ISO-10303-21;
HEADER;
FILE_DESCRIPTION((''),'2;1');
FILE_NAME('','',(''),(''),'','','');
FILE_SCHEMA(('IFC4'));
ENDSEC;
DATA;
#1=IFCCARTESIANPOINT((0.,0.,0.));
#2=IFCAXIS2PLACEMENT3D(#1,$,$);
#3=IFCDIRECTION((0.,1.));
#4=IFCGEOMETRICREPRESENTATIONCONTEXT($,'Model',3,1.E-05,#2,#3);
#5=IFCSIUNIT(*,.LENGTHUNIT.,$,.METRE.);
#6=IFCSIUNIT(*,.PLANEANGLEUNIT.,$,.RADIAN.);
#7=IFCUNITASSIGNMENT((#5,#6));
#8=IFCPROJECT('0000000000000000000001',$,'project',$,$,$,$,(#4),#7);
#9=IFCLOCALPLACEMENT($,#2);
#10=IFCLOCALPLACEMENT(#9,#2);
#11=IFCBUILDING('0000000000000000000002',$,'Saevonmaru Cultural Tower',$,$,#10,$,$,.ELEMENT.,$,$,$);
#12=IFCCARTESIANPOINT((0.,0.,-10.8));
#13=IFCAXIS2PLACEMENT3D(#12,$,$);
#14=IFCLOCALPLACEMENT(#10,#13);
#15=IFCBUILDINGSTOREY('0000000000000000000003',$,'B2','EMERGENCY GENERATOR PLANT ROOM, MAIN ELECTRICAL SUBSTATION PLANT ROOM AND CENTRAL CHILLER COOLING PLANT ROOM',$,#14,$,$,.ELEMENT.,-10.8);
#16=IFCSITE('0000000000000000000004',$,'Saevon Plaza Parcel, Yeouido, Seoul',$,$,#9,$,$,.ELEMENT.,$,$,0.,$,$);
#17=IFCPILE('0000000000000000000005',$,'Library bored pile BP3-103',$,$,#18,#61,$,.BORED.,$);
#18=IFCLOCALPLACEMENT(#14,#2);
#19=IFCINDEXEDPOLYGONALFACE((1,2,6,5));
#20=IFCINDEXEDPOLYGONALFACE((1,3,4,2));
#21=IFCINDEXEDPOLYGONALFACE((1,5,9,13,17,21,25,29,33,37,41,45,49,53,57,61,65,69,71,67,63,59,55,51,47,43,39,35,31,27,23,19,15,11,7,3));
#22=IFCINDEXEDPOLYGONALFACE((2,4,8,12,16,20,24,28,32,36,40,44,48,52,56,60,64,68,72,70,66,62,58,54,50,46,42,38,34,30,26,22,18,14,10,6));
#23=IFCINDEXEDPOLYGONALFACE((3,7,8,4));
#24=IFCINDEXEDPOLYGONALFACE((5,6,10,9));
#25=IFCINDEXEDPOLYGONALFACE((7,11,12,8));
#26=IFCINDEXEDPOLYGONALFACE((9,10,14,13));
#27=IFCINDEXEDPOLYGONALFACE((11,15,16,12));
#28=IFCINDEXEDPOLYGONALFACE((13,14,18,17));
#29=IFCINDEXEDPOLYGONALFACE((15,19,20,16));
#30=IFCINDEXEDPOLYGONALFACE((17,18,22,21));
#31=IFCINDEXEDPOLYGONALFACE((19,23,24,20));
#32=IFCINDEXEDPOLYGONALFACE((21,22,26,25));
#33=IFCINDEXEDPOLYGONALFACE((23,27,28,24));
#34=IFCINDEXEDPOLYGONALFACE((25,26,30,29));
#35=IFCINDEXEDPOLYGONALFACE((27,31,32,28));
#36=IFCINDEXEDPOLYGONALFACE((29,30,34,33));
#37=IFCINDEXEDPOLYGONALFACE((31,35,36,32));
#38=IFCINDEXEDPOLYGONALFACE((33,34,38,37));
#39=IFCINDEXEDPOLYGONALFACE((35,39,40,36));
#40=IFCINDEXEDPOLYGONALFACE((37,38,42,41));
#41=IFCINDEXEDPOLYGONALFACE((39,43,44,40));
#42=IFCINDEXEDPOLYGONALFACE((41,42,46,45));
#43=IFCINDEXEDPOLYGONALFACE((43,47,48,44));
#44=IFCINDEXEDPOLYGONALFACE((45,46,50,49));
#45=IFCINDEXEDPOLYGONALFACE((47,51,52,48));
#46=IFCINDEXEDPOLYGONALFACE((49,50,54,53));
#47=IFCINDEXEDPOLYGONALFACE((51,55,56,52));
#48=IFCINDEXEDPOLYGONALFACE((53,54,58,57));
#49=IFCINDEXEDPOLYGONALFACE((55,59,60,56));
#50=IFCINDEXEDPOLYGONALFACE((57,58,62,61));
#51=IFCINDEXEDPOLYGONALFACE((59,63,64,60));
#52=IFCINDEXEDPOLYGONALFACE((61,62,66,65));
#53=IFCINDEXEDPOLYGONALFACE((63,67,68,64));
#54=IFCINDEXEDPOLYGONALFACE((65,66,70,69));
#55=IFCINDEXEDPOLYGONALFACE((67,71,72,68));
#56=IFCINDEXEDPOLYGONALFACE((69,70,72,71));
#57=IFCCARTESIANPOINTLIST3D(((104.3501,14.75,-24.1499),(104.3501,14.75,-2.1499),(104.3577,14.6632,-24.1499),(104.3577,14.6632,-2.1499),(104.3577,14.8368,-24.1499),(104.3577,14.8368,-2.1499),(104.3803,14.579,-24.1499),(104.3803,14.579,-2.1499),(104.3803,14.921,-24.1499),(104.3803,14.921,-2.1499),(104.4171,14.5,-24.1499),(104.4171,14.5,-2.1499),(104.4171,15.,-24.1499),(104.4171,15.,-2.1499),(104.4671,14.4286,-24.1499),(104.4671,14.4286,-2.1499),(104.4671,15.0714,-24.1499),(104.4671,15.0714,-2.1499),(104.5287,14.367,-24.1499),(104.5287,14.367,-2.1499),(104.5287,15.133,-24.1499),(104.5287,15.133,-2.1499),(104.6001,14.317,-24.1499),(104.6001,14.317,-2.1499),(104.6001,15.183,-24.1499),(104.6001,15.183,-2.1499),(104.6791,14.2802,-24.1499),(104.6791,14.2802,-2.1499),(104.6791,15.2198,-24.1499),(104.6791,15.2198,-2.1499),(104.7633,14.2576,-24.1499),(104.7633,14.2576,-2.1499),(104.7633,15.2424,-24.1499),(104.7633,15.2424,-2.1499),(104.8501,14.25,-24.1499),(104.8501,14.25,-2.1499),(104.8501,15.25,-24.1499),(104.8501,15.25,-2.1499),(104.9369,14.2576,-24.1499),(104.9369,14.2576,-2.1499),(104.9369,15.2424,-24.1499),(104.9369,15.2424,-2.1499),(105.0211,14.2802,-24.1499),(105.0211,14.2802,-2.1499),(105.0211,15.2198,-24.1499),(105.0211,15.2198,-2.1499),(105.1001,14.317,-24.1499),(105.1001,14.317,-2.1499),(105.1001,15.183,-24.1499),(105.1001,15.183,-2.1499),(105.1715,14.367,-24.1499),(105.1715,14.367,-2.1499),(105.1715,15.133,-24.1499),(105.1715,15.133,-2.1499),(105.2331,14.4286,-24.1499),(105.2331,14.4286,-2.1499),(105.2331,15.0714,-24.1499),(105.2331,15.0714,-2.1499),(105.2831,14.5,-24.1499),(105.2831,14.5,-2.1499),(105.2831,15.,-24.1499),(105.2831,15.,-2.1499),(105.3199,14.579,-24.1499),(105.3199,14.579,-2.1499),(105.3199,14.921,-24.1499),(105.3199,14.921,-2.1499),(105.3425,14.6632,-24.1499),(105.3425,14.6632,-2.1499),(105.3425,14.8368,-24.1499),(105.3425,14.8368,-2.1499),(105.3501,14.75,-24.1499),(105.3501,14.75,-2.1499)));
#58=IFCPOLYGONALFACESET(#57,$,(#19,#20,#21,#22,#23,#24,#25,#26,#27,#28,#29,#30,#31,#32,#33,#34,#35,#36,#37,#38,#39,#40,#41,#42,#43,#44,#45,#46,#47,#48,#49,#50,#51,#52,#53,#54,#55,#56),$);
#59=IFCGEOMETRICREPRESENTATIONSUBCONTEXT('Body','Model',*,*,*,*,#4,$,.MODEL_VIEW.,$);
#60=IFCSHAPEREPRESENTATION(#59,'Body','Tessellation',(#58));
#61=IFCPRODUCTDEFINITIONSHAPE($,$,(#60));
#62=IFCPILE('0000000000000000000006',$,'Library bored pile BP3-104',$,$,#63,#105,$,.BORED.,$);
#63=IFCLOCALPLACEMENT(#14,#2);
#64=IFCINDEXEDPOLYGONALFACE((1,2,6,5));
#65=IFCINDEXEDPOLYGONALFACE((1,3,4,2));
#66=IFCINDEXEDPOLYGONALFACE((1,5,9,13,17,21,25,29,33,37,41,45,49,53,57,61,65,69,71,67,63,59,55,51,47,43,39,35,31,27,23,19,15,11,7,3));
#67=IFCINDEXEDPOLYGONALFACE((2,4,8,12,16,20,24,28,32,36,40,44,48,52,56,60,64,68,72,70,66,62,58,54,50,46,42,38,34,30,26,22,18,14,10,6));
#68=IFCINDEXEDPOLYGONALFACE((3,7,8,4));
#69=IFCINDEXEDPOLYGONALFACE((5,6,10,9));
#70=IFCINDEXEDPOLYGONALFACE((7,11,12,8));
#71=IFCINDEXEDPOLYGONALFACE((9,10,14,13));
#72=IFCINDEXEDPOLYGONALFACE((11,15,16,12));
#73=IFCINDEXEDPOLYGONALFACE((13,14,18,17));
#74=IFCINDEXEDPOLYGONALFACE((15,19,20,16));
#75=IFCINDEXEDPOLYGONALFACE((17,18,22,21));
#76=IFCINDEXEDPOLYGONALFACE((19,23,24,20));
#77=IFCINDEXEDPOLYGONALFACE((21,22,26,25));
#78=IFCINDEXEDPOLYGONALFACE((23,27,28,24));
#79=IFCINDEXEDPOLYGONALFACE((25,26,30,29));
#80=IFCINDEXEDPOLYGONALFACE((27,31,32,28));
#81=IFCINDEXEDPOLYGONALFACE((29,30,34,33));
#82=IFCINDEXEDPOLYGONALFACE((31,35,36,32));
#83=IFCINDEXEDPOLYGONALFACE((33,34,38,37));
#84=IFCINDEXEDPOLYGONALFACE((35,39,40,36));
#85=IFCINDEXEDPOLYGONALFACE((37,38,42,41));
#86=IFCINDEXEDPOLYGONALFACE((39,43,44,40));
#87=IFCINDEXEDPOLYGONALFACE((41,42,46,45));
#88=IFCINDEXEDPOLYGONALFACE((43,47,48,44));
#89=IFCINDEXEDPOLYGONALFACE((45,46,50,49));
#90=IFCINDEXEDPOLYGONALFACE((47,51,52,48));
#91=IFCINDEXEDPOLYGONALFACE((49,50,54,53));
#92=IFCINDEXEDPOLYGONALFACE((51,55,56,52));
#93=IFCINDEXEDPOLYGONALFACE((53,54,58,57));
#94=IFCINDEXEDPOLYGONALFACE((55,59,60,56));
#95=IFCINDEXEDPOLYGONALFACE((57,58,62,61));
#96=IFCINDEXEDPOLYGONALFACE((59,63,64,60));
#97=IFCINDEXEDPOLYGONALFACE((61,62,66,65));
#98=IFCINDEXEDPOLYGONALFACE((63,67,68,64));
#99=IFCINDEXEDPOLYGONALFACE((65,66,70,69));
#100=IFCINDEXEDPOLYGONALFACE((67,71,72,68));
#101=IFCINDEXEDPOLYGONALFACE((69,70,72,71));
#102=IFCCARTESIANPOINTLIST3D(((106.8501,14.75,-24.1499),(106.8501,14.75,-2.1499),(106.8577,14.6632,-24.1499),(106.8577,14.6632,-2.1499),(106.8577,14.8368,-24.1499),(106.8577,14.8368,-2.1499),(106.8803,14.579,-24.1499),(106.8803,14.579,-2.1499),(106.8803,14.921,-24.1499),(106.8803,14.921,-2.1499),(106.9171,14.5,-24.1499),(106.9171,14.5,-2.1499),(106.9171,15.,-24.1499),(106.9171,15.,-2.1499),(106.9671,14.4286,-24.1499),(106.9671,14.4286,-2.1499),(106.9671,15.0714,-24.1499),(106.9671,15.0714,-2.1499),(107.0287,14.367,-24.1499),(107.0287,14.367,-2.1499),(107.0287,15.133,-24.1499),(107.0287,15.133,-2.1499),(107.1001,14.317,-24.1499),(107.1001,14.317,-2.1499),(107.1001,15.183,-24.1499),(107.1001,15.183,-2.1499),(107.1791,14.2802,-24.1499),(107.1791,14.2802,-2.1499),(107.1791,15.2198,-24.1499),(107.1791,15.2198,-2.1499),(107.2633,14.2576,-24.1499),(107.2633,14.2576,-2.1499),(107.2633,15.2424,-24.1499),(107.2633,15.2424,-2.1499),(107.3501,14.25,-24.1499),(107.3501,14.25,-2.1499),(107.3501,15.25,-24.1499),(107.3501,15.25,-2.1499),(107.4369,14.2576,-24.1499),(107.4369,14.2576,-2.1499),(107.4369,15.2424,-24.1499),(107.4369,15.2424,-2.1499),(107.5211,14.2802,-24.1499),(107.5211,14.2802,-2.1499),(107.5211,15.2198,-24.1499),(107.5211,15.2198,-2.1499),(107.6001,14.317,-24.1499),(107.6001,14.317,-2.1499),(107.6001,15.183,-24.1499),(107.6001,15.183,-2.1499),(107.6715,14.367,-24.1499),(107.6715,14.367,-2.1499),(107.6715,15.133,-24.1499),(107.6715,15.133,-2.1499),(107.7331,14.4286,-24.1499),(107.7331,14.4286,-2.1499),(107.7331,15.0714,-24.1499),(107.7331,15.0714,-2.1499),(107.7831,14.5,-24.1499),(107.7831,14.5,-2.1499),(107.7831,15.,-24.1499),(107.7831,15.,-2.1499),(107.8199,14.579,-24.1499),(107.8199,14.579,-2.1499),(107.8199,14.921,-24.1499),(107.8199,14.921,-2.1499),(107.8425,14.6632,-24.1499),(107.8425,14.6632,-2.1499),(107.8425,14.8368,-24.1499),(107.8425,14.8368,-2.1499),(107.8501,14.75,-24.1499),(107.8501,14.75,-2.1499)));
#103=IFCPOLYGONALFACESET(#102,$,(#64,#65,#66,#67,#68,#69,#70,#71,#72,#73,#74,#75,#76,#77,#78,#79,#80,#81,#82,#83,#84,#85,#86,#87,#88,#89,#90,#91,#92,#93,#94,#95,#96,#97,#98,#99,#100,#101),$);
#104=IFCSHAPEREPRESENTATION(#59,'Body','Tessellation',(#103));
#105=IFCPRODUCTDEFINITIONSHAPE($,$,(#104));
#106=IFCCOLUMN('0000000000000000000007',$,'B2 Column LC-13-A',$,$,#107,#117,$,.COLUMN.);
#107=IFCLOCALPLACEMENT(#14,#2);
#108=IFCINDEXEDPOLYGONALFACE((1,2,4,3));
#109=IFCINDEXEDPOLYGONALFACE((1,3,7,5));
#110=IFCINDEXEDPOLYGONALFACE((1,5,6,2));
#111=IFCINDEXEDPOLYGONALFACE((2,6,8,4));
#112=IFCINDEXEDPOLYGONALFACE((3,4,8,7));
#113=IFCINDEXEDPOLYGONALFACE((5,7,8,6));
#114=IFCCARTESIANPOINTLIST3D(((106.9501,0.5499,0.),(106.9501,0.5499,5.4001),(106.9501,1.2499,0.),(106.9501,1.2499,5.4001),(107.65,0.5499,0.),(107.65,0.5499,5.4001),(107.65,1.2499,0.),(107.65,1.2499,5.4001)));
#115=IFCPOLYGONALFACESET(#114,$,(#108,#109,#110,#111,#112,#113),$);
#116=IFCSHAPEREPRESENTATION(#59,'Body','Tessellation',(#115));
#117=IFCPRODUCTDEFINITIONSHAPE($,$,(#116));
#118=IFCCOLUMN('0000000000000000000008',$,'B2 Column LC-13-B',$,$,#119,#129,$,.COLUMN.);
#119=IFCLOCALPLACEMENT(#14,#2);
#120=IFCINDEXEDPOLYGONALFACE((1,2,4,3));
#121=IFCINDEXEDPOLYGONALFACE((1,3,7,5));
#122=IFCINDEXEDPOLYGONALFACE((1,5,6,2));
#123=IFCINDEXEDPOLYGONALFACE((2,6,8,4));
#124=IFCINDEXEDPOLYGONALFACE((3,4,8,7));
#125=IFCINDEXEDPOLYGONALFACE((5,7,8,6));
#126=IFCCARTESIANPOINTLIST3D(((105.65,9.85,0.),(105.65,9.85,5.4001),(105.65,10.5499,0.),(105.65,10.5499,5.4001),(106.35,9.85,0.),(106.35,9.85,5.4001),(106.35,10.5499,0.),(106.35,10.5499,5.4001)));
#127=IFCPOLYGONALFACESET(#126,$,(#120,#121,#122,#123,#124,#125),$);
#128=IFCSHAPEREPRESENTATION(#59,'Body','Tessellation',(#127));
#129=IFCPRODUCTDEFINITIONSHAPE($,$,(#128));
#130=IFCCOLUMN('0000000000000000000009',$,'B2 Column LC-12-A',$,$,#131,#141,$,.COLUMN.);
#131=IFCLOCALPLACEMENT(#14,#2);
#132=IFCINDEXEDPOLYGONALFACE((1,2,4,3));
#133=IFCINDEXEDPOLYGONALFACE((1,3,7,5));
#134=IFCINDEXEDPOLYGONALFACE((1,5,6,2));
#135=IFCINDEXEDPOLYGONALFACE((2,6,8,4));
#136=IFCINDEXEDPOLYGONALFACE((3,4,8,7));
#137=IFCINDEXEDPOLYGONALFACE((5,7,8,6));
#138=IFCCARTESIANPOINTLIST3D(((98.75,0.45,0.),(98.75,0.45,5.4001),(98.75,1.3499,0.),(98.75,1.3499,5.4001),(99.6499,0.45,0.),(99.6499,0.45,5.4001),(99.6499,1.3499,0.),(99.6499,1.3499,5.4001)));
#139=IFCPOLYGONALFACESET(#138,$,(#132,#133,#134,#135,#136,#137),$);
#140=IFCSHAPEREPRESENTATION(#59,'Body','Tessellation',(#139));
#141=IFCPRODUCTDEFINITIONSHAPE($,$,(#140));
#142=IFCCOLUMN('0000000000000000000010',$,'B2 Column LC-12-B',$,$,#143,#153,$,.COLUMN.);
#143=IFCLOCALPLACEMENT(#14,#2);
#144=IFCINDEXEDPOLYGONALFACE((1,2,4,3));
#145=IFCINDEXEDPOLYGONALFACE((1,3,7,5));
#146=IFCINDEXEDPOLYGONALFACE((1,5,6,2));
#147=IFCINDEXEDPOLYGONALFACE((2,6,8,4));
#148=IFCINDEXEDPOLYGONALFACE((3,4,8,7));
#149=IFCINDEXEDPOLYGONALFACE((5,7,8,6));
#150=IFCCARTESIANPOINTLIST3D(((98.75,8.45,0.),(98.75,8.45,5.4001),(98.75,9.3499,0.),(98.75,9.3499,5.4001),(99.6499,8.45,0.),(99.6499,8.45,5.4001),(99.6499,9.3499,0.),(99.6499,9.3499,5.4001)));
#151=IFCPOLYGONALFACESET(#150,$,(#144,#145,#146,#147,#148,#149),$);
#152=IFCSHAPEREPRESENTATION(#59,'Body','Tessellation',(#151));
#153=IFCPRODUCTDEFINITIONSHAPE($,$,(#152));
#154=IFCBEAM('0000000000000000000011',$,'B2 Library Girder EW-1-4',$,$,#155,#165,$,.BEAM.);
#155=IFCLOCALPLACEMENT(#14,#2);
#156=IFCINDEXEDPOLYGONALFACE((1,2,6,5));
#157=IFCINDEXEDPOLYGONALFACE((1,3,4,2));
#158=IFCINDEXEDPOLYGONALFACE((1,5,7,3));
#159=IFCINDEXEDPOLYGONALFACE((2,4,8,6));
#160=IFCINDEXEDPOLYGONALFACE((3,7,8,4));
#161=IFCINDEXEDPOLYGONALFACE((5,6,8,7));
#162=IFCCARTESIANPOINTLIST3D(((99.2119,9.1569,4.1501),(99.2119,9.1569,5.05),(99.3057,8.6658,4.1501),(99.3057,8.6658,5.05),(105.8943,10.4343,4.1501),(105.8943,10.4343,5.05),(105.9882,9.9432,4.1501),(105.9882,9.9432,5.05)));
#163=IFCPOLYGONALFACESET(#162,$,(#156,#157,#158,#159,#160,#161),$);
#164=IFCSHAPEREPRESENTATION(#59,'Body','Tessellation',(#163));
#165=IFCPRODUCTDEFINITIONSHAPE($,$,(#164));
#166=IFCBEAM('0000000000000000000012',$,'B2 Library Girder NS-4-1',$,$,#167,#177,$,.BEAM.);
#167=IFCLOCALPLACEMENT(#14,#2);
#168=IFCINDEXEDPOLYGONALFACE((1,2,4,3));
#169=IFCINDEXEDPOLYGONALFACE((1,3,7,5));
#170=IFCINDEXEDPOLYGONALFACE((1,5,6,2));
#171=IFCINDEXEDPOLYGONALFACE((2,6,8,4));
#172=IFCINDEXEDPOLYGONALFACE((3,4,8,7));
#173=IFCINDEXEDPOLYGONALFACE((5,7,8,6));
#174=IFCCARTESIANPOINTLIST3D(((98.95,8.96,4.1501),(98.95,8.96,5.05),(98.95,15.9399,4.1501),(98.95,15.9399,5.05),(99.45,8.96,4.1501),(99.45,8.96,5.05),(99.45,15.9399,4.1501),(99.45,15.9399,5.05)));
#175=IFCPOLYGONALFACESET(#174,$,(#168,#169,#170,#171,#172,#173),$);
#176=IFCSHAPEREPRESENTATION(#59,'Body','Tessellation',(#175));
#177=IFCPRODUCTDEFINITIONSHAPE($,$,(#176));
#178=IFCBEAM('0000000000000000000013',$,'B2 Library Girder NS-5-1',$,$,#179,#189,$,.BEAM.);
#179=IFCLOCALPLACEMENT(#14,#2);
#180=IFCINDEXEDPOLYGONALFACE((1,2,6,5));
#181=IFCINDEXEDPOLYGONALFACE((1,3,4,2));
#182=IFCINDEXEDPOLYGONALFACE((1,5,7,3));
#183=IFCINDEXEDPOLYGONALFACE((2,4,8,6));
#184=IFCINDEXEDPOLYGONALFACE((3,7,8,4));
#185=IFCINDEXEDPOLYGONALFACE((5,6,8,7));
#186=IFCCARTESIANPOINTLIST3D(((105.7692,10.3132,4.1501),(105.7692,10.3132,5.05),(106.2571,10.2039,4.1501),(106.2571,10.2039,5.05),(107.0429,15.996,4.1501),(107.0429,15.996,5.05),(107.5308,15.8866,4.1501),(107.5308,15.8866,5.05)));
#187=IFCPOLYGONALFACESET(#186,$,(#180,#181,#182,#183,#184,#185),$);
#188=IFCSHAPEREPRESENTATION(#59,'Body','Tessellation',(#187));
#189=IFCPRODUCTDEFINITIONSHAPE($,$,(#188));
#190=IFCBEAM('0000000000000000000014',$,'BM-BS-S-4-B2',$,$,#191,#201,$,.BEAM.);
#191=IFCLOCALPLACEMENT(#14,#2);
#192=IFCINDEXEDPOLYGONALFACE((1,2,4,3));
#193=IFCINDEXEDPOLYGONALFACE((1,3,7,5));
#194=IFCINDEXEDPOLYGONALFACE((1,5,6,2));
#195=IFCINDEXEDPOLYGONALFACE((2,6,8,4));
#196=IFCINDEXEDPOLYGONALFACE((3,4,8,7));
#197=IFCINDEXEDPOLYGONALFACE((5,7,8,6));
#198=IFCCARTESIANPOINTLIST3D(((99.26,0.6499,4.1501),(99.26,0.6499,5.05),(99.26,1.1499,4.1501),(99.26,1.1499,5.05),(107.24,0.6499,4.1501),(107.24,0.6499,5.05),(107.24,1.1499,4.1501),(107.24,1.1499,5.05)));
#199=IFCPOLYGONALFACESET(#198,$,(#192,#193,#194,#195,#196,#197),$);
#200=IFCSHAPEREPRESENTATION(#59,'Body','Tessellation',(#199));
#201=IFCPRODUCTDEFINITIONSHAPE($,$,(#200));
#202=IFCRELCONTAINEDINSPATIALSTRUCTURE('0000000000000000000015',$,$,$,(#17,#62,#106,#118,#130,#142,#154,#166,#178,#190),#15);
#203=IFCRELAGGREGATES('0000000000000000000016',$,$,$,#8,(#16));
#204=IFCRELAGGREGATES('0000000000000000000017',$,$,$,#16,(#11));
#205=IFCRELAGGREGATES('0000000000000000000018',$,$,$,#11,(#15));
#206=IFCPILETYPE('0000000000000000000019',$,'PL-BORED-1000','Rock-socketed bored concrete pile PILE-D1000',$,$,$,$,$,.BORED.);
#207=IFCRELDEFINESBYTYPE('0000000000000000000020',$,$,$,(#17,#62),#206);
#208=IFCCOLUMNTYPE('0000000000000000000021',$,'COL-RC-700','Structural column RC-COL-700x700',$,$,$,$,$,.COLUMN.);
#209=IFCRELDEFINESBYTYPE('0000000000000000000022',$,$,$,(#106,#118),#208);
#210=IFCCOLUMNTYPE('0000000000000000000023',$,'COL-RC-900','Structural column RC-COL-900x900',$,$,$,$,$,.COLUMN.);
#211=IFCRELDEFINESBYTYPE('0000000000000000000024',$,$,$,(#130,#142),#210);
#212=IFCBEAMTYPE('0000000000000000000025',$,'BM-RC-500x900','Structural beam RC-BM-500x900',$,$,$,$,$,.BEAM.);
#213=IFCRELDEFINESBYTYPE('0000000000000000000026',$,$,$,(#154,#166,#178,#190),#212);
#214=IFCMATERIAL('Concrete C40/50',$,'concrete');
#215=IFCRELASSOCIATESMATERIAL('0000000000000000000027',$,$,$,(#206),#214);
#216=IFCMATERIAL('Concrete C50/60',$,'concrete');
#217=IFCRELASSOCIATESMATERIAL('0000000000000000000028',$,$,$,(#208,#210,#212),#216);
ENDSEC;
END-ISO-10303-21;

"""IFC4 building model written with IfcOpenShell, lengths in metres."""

from ifc_helpers import new_model, si_unit, direction, frame, origin, origin_2d, place, context, subcontext, project, spatial, rectangle, circle, extrude, material, material_profile, profile_set, type_object, element, save


model = new_model("IFC4")

# Units and contexts
model_context = context("Model", 3, precision=1e-05, world=origin(), true_north=direction((0.0, 1.0)))
body_context = subcontext(model_context, "Body", "Model", "MODEL_VIEW")
ifc_project = project(units=[si_unit("LENGTHUNIT", "METRE"), si_unit("PLANEANGLEUNIT", "RADIAN")], contexts=[model_context])

# Site, building, storey
site_placement = place(None, origin())
site = spatial("IfcSite", under=ifc_project, at=site_placement, Name="Saevon Plaza Parcel, Yeouido, Seoul", CompositionType="ELEMENT", RefElevation=0.0)
building_placement = place(site_placement, origin())
building = spatial("IfcBuilding", under=site, at=building_placement, Name="Saevonmaru Cultural Tower", CompositionType="ELEMENT")
storey_placement = place(building_placement, frame((0.0, 0.0, -10.8)))
storey = spatial("IfcBuildingStorey", under=building, at=storey_placement, Name="B2", Description="EMERGENCY GENERATOR PLANT ROOM, MAIN ELECTRICAL SUBSTATION PLANT ROOM AND CENTRAL CHILLER COOLING PLANT ROOM", CompositionType="ELEMENT", Elevation=-10.8)

# Shared definitions
ifc_material_1 = material(Name="Concrete C50/60", Category="concrete")

# Piles
ifc_material_2 = material(Name="Concrete C40/50", Category="concrete")
ifc_material_profile_1 = material_profile(ifc_material_2, circle(Radius=0.5, at=origin_2d()), Name="PILE-D1000")
ifc_profile_set_1 = profile_set([ifc_material_profile_1], Name="Concrete C40/50")
pile_type = type_object("IfcPileType", Name="PL-BORED-1000", Description="Rock-socketed bored concrete pile PILE-D1000", PredefinedType="BORED", material=ifc_profile_set_1)
for number, where, z_axis, x_axis, name in (
    (1, (104.8501, 14.75, -2.1499), (0.0, 0.0, -1.0), (1.0, 0.0, 0.0), "Library bored pile BP3-103"),
    (2, (107.3501, 14.75, -2.1499), (0.0, 0.0, -1.0), (1.0, 0.0, 0.0), "Library bored pile BP3-104"),
):
    element("IfcPile", number, at=place(storey_placement, frame(where, z_axis=z_axis, x_axis=x_axis)), inside=storey, type_object=pile_type, Name=name, PredefinedType="BORED", context=body_context, shape_type="SweptSolid", body=[
        extrude(circle(Radius=0.5, at=origin_2d()), origin(), (0.0, 0.0, 1.0), 22.0),
    ])

# Columns
ifc_material_profile_2 = material_profile(ifc_material_1, rectangle(XDim=0.7, YDim=0.7, at=origin_2d()), Name="RC-COL-700x700")
ifc_profile_set_2 = profile_set([ifc_material_profile_2], Name="Concrete C50/60")
column_type_1 = type_object("IfcColumnType", Name="COL-RC-700", Description="Structural column RC-COL-700x700", PredefinedType="COLUMN", material=ifc_profile_set_2)
for number, where, z_axis, x_axis, name in (
    (3, (107.3, 0.8999, 0.0), (0.0, 0.0, 1.0), (1.0, 0.0, 0.0), "B2 Column LC-13-A"),
    (4, (106.0, 10.2, 0.0), (0.0, 0.0, 1.0), (1.0, 0.0, 0.0), "B2 Column LC-13-B"),
):
    element("IfcColumn", number, at=place(storey_placement, frame(where, z_axis=z_axis, x_axis=x_axis)), inside=storey, type_object=column_type_1, Name=name, PredefinedType="COLUMN", context=body_context, shape_type="SweptSolid", body=[
        extrude(rectangle(XDim=0.7, YDim=0.7, at=origin_2d()), origin(), (0.0, 0.0, 1.0), 5.4001),
    ])
ifc_material_profile_3 = material_profile(ifc_material_1, rectangle(XDim=0.8999, YDim=0.8999, at=origin_2d()), Name="RC-COL-900x900")
ifc_profile_set_3 = profile_set([ifc_material_profile_3], Name="Concrete C50/60")
column_type_2 = type_object("IfcColumnType", Name="COL-RC-900", Description="Structural column RC-COL-900x900", PredefinedType="COLUMN", material=ifc_profile_set_3)
for number, where, z_axis, x_axis, name in (
    (5, (99.2, 0.8999, 0.0), (0.0, 0.0, 1.0), (1.0, 0.0, 0.0), "B2 Column LC-12-A"),
    (6, (99.2, 8.8999, 0.0), (0.0, 0.0, 1.0), (1.0, 0.0, 0.0), "B2 Column LC-12-B"),
):
    element("IfcColumn", number, at=place(storey_placement, frame(where, z_axis=z_axis, x_axis=x_axis)), inside=storey, type_object=column_type_2, Name=name, PredefinedType="COLUMN", context=body_context, shape_type="SweptSolid", body=[
        extrude(rectangle(XDim=0.8999, YDim=0.8999, at=origin_2d()), origin(), (0.0, 0.0, 1.0), 5.4001),
    ])

# Beams
ifc_material_profile_4 = material_profile(ifc_material_1, rectangle(XDim=0.5, YDim=0.8999, at=origin_2d()), Name="RC-BM-500x900")
ifc_profile_set_4 = profile_set([ifc_material_profile_4], Name="Concrete C50/60")
beam_type = type_object("IfcBeamType", Name="BM-RC-500x900", Description="Structural beam RC-BM-500x900", PredefinedType="BEAM", material=ifc_profile_set_4)
beam_1_placement = place(storey_placement, frame((99.2588, 8.9114, 4.6001), z_axis=(0.982216, 0.187752, 0.0), x_axis=(-0.187752, 0.982216, 0.0)))
element("IfcBeam", 7, at=beam_1_placement, inside=storey, type_object=beam_type, Name="B2 Library Girder EW-1-4", PredefinedType="BEAM", context=body_context, shape_type="SweptSolid", body=[
    extrude(rectangle(XDim=0.5, YDim=0.8999, at=origin_2d()), origin(), (0.0, 0.0, 1.0), 6.8035),
])
beam_2_placement = place(storey_placement, frame((99.2, 8.96, 4.6001), z_axis=(0.0, 1.0, 0.0), x_axis=(-1.0, 0.0, 0.0)))
element("IfcBeam", 8, at=beam_2_placement, inside=storey, type_object=beam_type, Name="B2 Library Girder NS-4-1", PredefinedType="BEAM", context=body_context, shape_type="SweptSolid", body=[
    extrude(rectangle(XDim=0.5, YDim=0.8999, at=origin_2d()), origin(), (0.0, 0.0, 1.0), 6.98),
])
beam_3_placement = place(storey_placement, frame((106.0132, 10.2585, 4.6001), z_axis=(0.218701, 0.975792, 0.0), x_axis=(-0.975792, 0.218701, 0.0)))
element("IfcBeam", 9, at=beam_3_placement, inside=storey, type_object=beam_type, Name="B2 Library Girder NS-5-1", PredefinedType="BEAM", context=body_context, shape_type="SweptSolid", body=[
    extrude(rectangle(XDim=0.5, YDim=0.8999, at=origin_2d()), origin(), (0.0, 0.0, 1.0), 5.8237),
])
beam_4_placement = place(storey_placement, frame((99.26, 0.8999, 4.6001), z_axis=(1.0, 0.0, 0.0), x_axis=(0.0, 1.0, 0.0)))
element("IfcBeam", 10, at=beam_4_placement, inside=storey, type_object=beam_type, Name="BM-BS-S-4-B2", PredefinedType="BEAM", context=body_context, shape_type="SweptSolid", body=[
    extrude(rectangle(XDim=0.5, YDim=0.8999, at=origin_2d()), origin(), (0.0, 0.0, 1.0), 7.98),
])

save(model, "model.ifc")
